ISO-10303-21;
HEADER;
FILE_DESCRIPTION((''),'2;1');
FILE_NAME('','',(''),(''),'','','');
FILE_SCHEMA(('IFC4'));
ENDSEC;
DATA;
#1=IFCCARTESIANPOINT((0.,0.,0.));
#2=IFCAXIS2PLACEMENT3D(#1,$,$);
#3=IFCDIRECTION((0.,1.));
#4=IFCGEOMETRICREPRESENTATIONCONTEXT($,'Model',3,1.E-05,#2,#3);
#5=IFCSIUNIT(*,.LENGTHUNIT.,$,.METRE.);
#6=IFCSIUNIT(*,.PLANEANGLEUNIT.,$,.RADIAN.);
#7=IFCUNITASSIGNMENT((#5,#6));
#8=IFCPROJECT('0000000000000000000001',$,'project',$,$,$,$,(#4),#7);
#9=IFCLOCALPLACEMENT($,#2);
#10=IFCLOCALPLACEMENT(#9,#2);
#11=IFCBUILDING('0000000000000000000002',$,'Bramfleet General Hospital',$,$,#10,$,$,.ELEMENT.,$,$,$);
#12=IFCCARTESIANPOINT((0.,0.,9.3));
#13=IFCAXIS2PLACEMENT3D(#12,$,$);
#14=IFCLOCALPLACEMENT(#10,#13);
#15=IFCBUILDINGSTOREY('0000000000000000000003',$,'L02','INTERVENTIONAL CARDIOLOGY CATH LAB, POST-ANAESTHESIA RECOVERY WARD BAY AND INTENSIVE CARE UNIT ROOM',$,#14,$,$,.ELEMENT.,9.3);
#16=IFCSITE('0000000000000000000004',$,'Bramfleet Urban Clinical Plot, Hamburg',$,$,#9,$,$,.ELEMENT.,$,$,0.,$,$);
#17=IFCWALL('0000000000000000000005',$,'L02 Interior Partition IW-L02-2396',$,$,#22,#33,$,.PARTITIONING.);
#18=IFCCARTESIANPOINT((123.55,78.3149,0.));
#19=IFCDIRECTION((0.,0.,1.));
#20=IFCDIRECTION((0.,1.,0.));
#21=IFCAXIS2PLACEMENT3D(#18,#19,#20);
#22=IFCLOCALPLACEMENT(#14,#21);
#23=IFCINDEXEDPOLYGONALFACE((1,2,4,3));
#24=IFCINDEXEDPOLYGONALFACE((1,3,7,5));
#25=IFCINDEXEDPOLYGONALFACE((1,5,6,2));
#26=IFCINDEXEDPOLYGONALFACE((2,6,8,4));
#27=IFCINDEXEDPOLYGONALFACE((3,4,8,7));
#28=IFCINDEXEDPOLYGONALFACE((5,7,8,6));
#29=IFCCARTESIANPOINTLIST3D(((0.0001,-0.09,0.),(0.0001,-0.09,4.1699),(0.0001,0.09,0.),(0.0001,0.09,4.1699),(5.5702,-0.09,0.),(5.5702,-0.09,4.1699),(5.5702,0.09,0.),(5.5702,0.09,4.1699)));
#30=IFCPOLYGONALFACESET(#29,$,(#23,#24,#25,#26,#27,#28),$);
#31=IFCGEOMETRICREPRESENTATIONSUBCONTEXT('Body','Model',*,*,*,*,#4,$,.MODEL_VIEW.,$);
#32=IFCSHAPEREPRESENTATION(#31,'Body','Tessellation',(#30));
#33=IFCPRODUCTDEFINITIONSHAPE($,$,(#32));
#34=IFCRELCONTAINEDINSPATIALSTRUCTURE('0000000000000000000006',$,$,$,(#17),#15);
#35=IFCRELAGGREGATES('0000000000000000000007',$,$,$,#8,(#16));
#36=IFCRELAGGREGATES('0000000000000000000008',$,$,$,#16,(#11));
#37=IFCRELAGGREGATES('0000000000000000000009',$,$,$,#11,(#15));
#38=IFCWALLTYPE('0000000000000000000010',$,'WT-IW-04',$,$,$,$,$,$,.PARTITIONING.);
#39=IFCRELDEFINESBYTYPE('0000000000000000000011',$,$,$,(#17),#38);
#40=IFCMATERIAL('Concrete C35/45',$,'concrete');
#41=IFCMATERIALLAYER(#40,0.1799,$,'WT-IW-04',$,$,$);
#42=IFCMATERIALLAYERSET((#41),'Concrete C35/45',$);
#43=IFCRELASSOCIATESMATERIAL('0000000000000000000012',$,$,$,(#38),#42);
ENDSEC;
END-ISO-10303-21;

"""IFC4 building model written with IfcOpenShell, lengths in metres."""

from ifc_helpers import new_model, si_unit, direction, frame, frame_2d, origin, place, context, subcontext, project, spatial, rectangle, extrude, material, layer, layer_set, type_object, element, save


model = new_model("IFC4")

# Units and contexts
model_context = context("Model", 3, precision=1e-05, world=origin(), true_north=direction((0.0, 1.0)))
body_context = subcontext(model_context, "Body", "Model", "MODEL_VIEW")
ifc_project = project(units=[si_unit("LENGTHUNIT", "METRE"), si_unit("PLANEANGLEUNIT", "RADIAN")], contexts=[model_context])

# Site, building, storey
site_placement = place(None, origin())
site = spatial("IfcSite", under=ifc_project, at=site_placement, Name="Bramfleet Urban Clinical Plot, Hamburg", CompositionType="ELEMENT", RefElevation=0.0)
building_placement = place(site_placement, origin())
building = spatial("IfcBuilding", under=site, at=building_placement, Name="Bramfleet General Hospital", CompositionType="ELEMENT")
storey_placement = place(building_placement, frame((0.0, 0.0, 9.3)))
storey = spatial("IfcBuildingStorey", under=building, at=storey_placement, Name="L02", Description="INTERVENTIONAL CARDIOLOGY CATH LAB, POST-ANAESTHESIA RECOVERY WARD BAY AND INTENSIVE CARE UNIT ROOM", CompositionType="ELEMENT", Elevation=9.3)

# Shared definitions
ifc_material_1 = material(Name="Concrete C35/45", Category="concrete")

# Wall
ifc_layer_1 = layer(ifc_material_1, 0.1799, Name="WT-IW-04")
ifc_layer_set_1 = layer_set([ifc_layer_1], Name="Concrete C35/45")
wall_type_1 = type_object("IfcWallType", Name="WT-IW-04", PredefinedType="PARTITIONING", material=ifc_layer_set_1)
wall_1_placement = place(storey_placement, frame((123.55, 78.3149, 0.0), z_axis=(0.0, 0.0, 1.0), x_axis=(0.0, 1.0, 0.0)))
element("IfcWall", 1, at=wall_1_placement, inside=storey, type_object=wall_type_1, Name="L02 Interior Partition IW-L02-2396", PredefinedType="PARTITIONING", context=body_context, shape_type="SweptSolid", body=[
    extrude(rectangle(XDim=5.5701, YDim=0.1799, at=frame_2d((2.7852, 0.0))), origin(), (0.0, 0.0, 1.0), 4.1699),
])

save(model, "model.ifc")
